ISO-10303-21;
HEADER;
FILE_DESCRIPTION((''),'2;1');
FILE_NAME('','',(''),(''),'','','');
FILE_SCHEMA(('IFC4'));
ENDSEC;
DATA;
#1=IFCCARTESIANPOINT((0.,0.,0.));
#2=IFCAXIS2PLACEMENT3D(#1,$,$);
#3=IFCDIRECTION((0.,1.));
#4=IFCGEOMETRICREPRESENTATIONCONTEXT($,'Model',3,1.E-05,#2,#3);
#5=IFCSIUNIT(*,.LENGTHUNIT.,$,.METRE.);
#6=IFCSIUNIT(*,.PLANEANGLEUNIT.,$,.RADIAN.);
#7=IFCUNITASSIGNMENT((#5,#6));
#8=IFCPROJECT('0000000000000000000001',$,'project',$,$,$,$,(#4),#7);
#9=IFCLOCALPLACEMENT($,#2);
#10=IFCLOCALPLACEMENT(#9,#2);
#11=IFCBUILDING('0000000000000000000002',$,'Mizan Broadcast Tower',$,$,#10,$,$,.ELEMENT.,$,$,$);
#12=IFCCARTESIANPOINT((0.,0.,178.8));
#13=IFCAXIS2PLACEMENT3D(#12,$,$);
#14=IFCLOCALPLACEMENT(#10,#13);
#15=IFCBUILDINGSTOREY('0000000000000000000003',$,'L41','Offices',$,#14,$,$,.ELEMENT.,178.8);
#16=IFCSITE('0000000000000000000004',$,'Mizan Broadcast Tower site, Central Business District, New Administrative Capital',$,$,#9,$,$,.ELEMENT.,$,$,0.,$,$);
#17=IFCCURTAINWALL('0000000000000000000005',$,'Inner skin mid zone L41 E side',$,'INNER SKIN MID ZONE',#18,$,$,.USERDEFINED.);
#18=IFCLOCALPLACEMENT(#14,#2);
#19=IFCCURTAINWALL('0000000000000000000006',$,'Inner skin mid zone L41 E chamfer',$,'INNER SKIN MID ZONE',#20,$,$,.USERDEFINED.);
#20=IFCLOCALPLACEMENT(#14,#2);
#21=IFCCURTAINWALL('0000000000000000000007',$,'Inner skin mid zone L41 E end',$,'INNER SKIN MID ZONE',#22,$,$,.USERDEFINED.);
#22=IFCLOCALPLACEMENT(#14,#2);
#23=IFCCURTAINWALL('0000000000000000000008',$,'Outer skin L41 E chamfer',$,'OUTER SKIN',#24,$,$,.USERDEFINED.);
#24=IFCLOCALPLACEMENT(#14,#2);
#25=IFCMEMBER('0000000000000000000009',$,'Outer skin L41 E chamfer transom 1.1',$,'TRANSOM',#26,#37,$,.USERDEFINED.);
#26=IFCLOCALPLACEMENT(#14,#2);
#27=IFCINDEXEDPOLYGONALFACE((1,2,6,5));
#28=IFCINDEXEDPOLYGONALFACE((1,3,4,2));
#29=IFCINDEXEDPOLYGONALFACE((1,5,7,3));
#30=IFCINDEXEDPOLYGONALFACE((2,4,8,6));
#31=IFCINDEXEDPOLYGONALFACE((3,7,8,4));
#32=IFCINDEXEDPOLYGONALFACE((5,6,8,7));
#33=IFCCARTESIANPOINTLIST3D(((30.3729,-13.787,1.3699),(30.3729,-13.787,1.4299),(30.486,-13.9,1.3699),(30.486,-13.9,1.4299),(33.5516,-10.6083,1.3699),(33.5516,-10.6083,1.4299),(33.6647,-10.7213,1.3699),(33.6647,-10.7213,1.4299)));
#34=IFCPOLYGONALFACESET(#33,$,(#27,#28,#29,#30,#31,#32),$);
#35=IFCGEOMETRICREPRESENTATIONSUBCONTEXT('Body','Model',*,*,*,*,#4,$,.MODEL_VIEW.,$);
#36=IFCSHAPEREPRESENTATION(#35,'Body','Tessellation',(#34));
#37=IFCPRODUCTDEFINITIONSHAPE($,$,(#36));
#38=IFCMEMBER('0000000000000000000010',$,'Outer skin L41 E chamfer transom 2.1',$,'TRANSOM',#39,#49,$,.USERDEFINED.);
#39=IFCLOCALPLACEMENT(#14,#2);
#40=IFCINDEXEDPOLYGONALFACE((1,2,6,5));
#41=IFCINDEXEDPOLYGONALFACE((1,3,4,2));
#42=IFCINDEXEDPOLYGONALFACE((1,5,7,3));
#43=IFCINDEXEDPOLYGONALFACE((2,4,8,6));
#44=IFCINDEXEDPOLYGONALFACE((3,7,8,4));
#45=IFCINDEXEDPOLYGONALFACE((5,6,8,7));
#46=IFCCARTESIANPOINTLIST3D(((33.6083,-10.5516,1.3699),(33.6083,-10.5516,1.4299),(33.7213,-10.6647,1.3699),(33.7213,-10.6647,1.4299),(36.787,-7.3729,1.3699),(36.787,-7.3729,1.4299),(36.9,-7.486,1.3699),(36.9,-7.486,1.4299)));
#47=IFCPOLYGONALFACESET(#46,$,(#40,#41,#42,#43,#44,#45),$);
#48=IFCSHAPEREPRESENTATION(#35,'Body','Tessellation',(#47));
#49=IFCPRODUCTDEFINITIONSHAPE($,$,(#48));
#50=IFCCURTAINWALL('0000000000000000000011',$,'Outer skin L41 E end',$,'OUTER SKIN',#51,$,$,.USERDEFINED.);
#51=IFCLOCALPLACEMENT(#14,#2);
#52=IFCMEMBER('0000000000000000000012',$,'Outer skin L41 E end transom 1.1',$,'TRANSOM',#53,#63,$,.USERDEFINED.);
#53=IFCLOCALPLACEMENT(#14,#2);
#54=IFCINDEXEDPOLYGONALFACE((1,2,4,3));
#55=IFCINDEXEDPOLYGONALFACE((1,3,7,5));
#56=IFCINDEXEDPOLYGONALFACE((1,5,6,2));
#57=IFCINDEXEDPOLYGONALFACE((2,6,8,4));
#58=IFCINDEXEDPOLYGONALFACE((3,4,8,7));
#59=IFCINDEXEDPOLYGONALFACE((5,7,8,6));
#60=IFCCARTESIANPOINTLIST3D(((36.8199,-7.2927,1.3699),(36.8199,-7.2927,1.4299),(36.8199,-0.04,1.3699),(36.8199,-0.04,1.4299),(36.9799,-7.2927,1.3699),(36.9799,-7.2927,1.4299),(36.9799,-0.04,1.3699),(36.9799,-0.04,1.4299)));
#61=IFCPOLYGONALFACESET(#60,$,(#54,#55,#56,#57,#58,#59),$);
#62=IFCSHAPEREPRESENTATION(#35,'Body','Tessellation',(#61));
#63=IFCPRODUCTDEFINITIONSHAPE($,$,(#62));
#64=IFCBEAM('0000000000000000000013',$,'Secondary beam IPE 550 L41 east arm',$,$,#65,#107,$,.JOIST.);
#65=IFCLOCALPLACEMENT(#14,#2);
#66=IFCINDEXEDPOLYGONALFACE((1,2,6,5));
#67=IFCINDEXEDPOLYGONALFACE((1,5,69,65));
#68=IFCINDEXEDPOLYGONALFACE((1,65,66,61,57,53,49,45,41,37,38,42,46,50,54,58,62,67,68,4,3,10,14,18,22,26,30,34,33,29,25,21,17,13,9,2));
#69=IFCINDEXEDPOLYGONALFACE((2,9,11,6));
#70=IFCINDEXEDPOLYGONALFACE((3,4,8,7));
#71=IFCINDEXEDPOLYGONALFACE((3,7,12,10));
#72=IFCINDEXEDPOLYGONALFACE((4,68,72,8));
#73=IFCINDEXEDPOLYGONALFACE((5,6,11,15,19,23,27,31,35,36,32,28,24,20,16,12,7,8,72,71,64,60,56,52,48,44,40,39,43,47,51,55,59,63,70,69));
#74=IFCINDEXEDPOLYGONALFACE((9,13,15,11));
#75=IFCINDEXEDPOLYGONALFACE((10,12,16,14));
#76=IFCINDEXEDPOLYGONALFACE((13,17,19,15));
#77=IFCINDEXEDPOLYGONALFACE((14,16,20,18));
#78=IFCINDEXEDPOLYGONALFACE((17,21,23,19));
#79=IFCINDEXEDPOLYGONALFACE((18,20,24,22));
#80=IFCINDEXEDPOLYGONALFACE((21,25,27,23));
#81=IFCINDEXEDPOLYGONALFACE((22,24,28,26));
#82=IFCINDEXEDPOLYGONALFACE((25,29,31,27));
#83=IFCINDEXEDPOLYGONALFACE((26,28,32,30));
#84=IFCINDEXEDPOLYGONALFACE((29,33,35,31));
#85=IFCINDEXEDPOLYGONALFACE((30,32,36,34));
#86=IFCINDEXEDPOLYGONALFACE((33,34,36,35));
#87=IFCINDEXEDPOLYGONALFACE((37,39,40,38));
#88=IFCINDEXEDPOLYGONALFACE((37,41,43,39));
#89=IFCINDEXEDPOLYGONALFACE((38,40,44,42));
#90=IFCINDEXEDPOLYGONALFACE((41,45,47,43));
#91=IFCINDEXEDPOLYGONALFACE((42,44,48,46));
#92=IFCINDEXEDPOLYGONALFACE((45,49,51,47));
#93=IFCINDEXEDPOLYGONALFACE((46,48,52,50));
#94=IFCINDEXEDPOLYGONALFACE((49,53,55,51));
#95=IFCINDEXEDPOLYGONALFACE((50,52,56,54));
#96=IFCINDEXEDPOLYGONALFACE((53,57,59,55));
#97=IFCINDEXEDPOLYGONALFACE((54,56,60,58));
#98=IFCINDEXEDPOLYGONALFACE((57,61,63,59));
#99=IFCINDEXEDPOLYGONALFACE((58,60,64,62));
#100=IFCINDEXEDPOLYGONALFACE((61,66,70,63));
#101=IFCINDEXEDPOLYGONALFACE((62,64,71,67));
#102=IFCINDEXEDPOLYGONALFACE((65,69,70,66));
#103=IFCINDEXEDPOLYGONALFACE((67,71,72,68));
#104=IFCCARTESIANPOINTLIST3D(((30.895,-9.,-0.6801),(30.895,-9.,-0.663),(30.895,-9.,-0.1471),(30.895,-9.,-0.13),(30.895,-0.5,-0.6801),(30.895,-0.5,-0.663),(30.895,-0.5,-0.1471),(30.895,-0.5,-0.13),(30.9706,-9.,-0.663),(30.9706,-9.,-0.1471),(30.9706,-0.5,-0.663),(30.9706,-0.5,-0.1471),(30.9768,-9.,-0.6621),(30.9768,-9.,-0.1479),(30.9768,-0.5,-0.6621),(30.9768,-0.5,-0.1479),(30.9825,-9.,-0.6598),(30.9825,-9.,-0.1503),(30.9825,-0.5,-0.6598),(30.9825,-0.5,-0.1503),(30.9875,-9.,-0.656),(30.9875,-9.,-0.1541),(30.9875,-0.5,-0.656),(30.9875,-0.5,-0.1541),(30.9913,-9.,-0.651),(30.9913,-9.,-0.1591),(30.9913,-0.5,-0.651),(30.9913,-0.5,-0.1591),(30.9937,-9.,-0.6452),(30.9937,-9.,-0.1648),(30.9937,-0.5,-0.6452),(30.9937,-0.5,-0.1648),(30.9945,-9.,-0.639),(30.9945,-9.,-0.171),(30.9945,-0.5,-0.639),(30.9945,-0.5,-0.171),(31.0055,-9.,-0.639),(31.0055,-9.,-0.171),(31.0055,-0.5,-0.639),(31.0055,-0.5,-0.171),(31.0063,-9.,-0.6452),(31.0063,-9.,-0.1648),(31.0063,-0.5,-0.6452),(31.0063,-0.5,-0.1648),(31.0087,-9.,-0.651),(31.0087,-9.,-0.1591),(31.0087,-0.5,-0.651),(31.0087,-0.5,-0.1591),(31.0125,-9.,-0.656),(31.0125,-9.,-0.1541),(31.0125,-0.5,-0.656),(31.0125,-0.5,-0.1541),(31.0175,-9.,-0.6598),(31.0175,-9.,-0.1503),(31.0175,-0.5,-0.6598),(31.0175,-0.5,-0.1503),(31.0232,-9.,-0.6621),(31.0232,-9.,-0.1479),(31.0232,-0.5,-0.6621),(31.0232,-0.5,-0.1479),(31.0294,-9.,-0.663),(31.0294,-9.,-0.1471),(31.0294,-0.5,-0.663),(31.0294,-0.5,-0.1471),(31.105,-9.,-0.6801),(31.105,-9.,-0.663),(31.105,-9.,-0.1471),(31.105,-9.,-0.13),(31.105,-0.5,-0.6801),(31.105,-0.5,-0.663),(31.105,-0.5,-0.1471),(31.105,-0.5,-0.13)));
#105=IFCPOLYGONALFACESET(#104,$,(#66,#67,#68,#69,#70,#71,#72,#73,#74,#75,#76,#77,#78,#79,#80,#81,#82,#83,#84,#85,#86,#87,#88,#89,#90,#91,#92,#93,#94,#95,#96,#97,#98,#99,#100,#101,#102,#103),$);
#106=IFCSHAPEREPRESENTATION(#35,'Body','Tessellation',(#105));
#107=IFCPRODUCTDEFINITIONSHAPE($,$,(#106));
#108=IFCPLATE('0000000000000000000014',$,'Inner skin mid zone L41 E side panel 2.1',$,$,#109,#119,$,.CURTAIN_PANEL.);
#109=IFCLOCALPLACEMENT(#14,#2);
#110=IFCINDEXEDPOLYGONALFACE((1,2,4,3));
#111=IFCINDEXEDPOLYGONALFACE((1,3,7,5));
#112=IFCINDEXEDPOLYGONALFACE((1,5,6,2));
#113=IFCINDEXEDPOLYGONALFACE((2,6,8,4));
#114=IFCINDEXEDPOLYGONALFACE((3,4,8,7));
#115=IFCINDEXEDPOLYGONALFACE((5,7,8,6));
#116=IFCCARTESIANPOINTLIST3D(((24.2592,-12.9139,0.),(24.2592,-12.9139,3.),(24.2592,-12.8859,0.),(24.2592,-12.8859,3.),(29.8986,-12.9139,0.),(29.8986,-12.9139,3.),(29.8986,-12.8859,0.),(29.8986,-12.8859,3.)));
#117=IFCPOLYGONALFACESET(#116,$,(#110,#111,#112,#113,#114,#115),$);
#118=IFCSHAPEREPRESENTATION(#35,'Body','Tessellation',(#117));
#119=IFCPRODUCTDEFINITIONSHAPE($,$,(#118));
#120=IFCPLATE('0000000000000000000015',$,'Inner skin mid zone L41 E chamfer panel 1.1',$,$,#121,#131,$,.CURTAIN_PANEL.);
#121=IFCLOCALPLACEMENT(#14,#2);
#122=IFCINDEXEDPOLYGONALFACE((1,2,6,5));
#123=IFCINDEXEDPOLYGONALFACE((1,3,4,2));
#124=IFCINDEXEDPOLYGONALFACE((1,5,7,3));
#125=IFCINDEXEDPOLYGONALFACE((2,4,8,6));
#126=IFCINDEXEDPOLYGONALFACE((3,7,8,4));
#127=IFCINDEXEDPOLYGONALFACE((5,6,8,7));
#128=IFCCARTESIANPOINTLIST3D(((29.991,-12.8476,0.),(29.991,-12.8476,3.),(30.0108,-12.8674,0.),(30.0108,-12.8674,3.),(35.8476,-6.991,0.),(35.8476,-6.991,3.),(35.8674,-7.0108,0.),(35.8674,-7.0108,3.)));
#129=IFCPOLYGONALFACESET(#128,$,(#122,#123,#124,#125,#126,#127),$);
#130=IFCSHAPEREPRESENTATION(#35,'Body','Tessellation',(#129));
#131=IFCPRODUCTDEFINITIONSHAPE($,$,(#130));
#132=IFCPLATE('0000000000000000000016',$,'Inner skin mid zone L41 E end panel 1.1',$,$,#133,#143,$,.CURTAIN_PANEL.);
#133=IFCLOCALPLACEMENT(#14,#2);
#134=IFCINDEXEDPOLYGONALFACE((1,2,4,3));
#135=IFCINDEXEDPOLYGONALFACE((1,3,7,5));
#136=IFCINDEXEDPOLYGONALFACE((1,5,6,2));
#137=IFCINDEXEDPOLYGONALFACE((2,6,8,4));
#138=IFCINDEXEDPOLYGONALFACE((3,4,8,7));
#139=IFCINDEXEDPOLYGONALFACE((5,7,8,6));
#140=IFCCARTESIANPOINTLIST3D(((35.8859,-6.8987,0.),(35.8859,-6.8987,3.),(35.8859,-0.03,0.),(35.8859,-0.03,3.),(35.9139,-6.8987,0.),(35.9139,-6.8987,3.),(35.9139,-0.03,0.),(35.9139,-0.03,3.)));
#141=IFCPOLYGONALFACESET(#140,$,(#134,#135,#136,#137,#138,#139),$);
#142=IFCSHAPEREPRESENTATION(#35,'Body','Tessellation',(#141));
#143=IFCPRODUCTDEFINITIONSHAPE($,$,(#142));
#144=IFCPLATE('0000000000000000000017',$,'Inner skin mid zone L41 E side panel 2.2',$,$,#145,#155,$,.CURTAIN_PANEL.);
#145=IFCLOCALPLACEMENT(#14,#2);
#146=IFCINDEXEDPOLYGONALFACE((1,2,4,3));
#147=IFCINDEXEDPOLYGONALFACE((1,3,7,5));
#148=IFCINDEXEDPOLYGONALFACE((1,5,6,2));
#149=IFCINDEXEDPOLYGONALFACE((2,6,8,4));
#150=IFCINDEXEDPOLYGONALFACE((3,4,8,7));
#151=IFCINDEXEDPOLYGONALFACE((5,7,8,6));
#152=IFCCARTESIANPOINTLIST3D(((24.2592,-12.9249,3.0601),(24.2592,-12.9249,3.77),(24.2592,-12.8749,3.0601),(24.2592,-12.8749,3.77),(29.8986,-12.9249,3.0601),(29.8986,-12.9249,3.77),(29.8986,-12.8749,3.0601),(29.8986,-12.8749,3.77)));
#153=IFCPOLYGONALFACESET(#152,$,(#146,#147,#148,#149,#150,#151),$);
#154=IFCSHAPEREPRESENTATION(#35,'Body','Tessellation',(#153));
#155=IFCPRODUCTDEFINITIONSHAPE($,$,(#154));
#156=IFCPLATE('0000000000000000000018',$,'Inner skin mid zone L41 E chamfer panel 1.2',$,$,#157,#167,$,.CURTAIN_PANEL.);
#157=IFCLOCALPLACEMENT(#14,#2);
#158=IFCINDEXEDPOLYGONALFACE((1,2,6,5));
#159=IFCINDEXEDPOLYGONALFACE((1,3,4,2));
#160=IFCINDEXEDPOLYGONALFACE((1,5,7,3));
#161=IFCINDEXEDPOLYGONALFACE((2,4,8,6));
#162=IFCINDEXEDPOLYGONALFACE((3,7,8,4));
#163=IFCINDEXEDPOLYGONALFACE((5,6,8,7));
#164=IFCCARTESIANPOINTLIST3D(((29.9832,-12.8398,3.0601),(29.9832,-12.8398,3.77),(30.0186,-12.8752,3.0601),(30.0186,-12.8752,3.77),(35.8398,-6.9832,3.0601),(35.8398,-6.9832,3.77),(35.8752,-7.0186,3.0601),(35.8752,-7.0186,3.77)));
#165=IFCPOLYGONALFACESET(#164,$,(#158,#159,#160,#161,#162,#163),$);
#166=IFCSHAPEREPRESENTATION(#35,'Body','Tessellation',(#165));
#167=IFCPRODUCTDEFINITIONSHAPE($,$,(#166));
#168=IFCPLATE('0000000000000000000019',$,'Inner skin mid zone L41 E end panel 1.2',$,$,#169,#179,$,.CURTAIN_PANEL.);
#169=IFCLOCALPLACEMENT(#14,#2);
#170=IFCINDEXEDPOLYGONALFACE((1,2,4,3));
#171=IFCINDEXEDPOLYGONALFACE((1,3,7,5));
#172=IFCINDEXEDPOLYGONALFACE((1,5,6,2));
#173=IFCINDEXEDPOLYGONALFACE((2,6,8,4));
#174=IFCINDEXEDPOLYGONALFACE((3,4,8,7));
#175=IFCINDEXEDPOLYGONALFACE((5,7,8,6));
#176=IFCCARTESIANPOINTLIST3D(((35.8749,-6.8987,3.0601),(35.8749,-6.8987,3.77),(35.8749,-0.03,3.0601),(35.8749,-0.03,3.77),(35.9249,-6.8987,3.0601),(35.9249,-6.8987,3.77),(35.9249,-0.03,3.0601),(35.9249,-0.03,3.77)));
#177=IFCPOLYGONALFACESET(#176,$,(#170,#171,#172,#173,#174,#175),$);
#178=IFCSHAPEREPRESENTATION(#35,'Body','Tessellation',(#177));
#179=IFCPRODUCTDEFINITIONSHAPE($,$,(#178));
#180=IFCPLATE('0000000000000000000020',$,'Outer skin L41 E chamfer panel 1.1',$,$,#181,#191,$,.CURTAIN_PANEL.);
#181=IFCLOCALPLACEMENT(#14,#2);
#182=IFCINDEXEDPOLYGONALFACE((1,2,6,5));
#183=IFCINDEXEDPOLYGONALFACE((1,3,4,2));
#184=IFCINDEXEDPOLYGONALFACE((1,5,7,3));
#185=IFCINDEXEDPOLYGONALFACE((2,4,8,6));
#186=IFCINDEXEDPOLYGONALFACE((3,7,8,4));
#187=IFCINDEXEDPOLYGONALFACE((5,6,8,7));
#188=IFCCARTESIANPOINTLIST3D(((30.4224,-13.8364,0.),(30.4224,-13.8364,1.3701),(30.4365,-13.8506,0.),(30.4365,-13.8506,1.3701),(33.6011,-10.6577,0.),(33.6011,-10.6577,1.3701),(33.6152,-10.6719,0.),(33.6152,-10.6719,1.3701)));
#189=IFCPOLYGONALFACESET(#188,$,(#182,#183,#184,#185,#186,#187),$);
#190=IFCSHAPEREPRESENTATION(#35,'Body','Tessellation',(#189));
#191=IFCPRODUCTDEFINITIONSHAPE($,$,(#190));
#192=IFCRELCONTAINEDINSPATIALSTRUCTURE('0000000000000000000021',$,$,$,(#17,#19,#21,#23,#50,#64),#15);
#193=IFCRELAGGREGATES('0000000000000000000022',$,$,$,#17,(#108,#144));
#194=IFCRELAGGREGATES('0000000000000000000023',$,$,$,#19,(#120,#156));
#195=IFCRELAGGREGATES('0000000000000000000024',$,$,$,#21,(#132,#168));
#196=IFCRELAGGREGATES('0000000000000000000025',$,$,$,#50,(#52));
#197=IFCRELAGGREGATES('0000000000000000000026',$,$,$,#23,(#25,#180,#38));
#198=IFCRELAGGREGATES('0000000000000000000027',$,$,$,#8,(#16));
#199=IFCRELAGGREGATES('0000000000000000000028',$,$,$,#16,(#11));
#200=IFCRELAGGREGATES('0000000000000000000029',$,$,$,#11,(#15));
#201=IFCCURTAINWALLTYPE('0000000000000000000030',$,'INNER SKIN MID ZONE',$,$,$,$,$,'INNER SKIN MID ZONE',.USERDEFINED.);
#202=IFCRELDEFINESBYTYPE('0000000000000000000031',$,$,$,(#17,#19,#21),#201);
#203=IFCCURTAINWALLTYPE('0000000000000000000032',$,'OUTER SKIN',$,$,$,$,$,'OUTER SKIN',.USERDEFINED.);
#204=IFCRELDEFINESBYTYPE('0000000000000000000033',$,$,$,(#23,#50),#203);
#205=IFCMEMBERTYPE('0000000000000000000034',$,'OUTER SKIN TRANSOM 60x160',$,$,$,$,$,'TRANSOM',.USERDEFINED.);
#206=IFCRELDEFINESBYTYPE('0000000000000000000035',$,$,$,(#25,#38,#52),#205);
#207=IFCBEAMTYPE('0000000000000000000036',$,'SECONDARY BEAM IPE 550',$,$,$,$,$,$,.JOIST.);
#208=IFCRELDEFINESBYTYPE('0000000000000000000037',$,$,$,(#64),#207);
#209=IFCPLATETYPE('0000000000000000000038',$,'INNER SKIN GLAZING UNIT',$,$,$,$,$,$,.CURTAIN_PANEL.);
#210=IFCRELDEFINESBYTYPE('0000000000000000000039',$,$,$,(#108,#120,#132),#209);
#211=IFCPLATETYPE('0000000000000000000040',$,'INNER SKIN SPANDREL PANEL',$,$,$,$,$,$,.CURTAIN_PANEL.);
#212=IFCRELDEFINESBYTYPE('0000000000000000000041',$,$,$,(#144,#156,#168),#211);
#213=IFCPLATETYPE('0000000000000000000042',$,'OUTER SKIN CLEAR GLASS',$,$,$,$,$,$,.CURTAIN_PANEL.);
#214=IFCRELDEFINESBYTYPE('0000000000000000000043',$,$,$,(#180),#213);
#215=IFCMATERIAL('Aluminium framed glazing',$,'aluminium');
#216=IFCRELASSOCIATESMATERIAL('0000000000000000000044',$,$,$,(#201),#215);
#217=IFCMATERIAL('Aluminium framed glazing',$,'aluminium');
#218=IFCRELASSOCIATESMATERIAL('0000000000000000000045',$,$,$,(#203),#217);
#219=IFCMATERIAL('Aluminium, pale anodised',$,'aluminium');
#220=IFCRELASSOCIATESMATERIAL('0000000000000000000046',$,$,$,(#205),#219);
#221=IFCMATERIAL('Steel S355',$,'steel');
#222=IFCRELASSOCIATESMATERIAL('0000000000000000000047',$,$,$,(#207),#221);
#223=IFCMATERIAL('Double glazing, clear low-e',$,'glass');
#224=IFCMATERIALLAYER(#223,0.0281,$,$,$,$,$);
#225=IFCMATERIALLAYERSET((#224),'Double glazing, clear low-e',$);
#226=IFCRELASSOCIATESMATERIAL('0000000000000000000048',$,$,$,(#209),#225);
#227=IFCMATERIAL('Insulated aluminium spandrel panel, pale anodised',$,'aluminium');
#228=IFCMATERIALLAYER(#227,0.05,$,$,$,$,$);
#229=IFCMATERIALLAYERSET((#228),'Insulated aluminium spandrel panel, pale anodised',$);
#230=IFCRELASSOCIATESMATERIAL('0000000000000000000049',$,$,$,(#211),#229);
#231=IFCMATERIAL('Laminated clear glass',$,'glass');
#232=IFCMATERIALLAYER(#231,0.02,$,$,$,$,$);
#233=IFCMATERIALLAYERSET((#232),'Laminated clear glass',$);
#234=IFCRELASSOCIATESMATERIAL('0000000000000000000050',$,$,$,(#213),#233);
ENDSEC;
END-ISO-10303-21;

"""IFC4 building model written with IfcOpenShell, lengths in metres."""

from ifc_helpers import new_model, si_unit, direction, frame, origin, origin_2d, place, context, subcontext, project, spatial, rectangle, i_section, extrude, material, layer, layer_set, material_profile, profile_set, type_object, element, aggregate, save


model = new_model("IFC4")

# Units and contexts
model_context = context("Model", 3, precision=1e-05, world=origin(), true_north=direction((0.0, 1.0)))
body_context = subcontext(model_context, "Body", "Model", "MODEL_VIEW")
ifc_project = project(units=[si_unit("LENGTHUNIT", "METRE"), si_unit("PLANEANGLEUNIT", "RADIAN")], contexts=[model_context])

# Site, building, storey
site_placement = place(None, origin())
site = spatial("IfcSite", under=ifc_project, at=site_placement, Name="Mizan Broadcast Tower site, Central Business District, New Administrative Capital", CompositionType="ELEMENT", RefElevation=0.0)
building_placement = place(site_placement, origin())
building = spatial("IfcBuilding", under=site, at=building_placement, Name="Mizan Broadcast Tower", CompositionType="ELEMENT")
storey_placement = place(building_placement, frame((0.0, 0.0, 178.8)))
storey = spatial("IfcBuildingStorey", under=building, at=storey_placement, Name="L41", Description="Offices", CompositionType="ELEMENT", Elevation=178.8)

# Curtain wall
ifc_material_1 = material(Name="Aluminium framed glazing", Category="aluminium")
curtain_wall_type_1 = type_object("IfcCurtainWallType", Name="INNER SKIN MID ZONE", ElementType="INNER SKIN MID ZONE", PredefinedType="USERDEFINED", material=ifc_material_1)
curtain_wall_1_placement = place(storey_placement, origin())
curtain_wall_1 = element("IfcCurtainWall", 1, at=curtain_wall_1_placement, inside=storey, type_object=curtain_wall_type_1, Name="Inner skin mid zone L41 E side", ObjectType="INNER SKIN MID ZONE", PredefinedType="USERDEFINED")

# Curtain wall
curtain_wall_2_placement = place(storey_placement, origin())
curtain_wall_2 = element("IfcCurtainWall", 2, at=curtain_wall_2_placement, inside=storey, type_object=curtain_wall_type_1, Name="Inner skin mid zone L41 E chamfer", ObjectType="INNER SKIN MID ZONE", PredefinedType="USERDEFINED")

# Curtain wall
curtain_wall_3_placement = place(storey_placement, origin())
curtain_wall_3 = element("IfcCurtainWall", 3, at=curtain_wall_3_placement, inside=storey, type_object=curtain_wall_type_1, Name="Inner skin mid zone L41 E end", ObjectType="INNER SKIN MID ZONE", PredefinedType="USERDEFINED")

# Curtain wall
ifc_material_2 = material(Name="Aluminium framed glazing", Category="aluminium")
curtain_wall_type_2 = type_object("IfcCurtainWallType", Name="OUTER SKIN", ElementType="OUTER SKIN", PredefinedType="USERDEFINED", material=ifc_material_2)
curtain_wall_4_placement = place(storey_placement, origin())
curtain_wall_4 = element("IfcCurtainWall", 4, at=curtain_wall_4_placement, inside=storey, type_object=curtain_wall_type_2, Name="Outer skin L41 E chamfer", ObjectType="OUTER SKIN", PredefinedType="USERDEFINED")

# Members
ifc_material_3 = material(Name="Aluminium, pale anodised", Category="aluminium")
ifc_material_profile_1 = material_profile(ifc_material_3, rectangle(XDim=0.1599, YDim=0.0601, at=origin_2d()), Name="TRANSOM 160x60")
ifc_profile_set_1 = profile_set([ifc_material_profile_1], Name="Aluminium, pale anodised")
member_type_1 = type_object("IfcMemberType", Name="OUTER SKIN TRANSOM 60x160", ElementType="TRANSOM", PredefinedType="USERDEFINED", material=ifc_profile_set_1)
member_1_placement = place(storey_placement, frame((30.4294, -13.8435, 1.3999), z_axis=(0.707107, 0.707107, 0.0), x_axis=(-0.707107, 0.707107, 0.0)))
member_1 = element("IfcMember", 5, at=member_1_placement, type_object=member_type_1, Name="Outer skin L41 E chamfer transom 1.1", ObjectType="TRANSOM", PredefinedType="USERDEFINED", context=body_context, shape_type="SweptSolid", body=[
    extrude(rectangle(XDim=0.1599, YDim=0.0601, at=origin_2d()), origin(), (0.0, 0.0, 1.0), 4.4954),
])
member_2_placement = place(storey_placement, frame((33.6648, -10.6082, 1.3999), z_axis=(0.707107, 0.707107, 0.0), x_axis=(-0.707107, 0.707107, 0.0)))
member_2 = element("IfcMember", 6, at=member_2_placement, type_object=member_type_1, Name="Outer skin L41 E chamfer transom 2.1", ObjectType="TRANSOM", PredefinedType="USERDEFINED", context=body_context, shape_type="SweptSolid", body=[
    extrude(rectangle(XDim=0.1599, YDim=0.0601, at=origin_2d()), origin(), (0.0, 0.0, 1.0), 4.4954),
])

# Curtain wall, member
curtain_wall_5_placement = place(storey_placement, origin())
curtain_wall_5 = element("IfcCurtainWall", 7, at=curtain_wall_5_placement, inside=storey, type_object=curtain_wall_type_2, Name="Outer skin L41 E end", ObjectType="OUTER SKIN", PredefinedType="USERDEFINED")
member_3_placement = place(storey_placement, frame((36.8999, -7.2927, 1.3999), z_axis=(0.0, 1.0, 0.0), x_axis=(-1.0, 0.0, 0.0)))
member_3 = element("IfcMember", 8, at=member_3_placement, type_object=member_type_1, Name="Outer skin L41 E end transom 1.1", ObjectType="TRANSOM", PredefinedType="USERDEFINED", context=body_context, shape_type="SweptSolid", body=[
    extrude(rectangle(XDim=0.1599, YDim=0.0601, at=origin_2d()), origin(), (0.0, 0.0, 1.0), 7.2527),
])

# Beam
ifc_material_4 = material(Name="Steel S355", Category="steel")
ifc_material_profile_2 = material_profile(ifc_material_4, i_section(OverallWidth=0.21, OverallDepth=0.55, WebThickness=0.011, FlangeThickness=0.0171, FilletRadius=0.0239, at=origin_2d()), Name="IPE 550")
ifc_profile_set_2 = profile_set([ifc_material_profile_2], Name="Steel S355")
beam_type_1 = type_object("IfcBeamType", Name="SECONDARY BEAM IPE 550", PredefinedType="JOIST", material=ifc_profile_set_2)
beam_1_placement = place(storey_placement, frame((31.0, -9.0, -0.405), z_axis=(0.0, 1.0, 0.0), x_axis=(-1.0, 0.0, 0.0)))
element("IfcBeam", 9, at=beam_1_placement, inside=storey, type_object=beam_type_1, Name="Secondary beam IPE 550 L41 east arm", PredefinedType="JOIST", context=body_context, shape_type="SweptSolid", body=[
    extrude(i_section(OverallWidth=0.21, OverallDepth=0.55, WebThickness=0.011, FlangeThickness=0.0171, FilletRadius=0.0239, at=origin_2d()), origin(), (0.0, 0.0, 1.0), 8.5),
])

# Plates
ifc_material_5 = material(Name="Double glazing, clear low-e", Category="glass")
ifc_layer_1 = layer(ifc_material_5, 0.0281)
ifc_layer_set_1 = layer_set([ifc_layer_1], Name="Double glazing, clear low-e")
plate_type_1 = type_object("IfcPlateType", Name="INNER SKIN GLAZING UNIT", PredefinedType="CURTAIN_PANEL", material=ifc_layer_set_1)
plate_1_placement = place(storey_placement, frame((27.0789, -12.8999, 0.0), z_axis=(0.0, 0.0, 1.0), x_axis=(1.0, 0.0, 0.0)))
plate_1 = element("IfcPlate", 10, at=plate_1_placement, type_object=plate_type_1, Name="Inner skin mid zone L41 E side panel 2.1", PredefinedType="CURTAIN_PANEL", context=body_context, shape_type="SweptSolid", body=[
    extrude(rectangle(XDim=5.6394, YDim=0.0281, at=origin_2d()), origin(), (0.0, 0.0, 1.0), 3.0),
])
plate_2_placement = place(storey_placement, frame((32.9292, -9.9292, 0.0), z_axis=(0.0, 0.0, 1.0), x_axis=(0.707107, 0.707107, 0.0)))
plate_2 = element("IfcPlate", 11, at=plate_2_placement, type_object=plate_type_1, Name="Inner skin mid zone L41 E chamfer panel 1.1", PredefinedType="CURTAIN_PANEL", context=body_context, shape_type="SweptSolid", body=[
    extrude(rectangle(XDim=8.2825, YDim=0.0281, at=origin_2d()), origin(), (0.0, 0.0, 1.0), 3.0),
])
plate_3_placement = place(storey_placement, frame((35.8999, -3.4644, 0.0), z_axis=(0.0, 0.0, 1.0), x_axis=(0.0, 1.0, 0.0)))
plate_3 = element("IfcPlate", 12, at=plate_3_placement, type_object=plate_type_1, Name="Inner skin mid zone L41 E end panel 1.1", PredefinedType="CURTAIN_PANEL", context=body_context, shape_type="SweptSolid", body=[
    extrude(rectangle(XDim=6.8687, YDim=0.0281, at=origin_2d()), origin(), (0.0, 0.0, 1.0), 3.0),
])
ifc_material_6 = material(Name="Insulated aluminium spandrel panel, pale anodised", Category="aluminium")
ifc_layer_2 = layer(ifc_material_6, 0.05)
ifc_layer_set_2 = layer_set([ifc_layer_2], Name="Insulated aluminium spandrel panel, pale anodised")
plate_type_2 = type_object("IfcPlateType", Name="INNER SKIN SPANDREL PANEL", PredefinedType="CURTAIN_PANEL", material=ifc_layer_set_2)
plate_4_placement = place(storey_placement, frame((27.0789, -12.8999, 3.0601), z_axis=(0.0, 0.0, 1.0), x_axis=(1.0, 0.0, 0.0)))
plate_4 = element("IfcPlate", 13, at=plate_4_placement, type_object=plate_type_2, Name="Inner skin mid zone L41 E side panel 2.2", PredefinedType="CURTAIN_PANEL", context=body_context, shape_type="SweptSolid", body=[
    extrude(rectangle(XDim=5.6394, YDim=0.05, at=origin_2d()), origin(), (0.0, 0.0, 1.0), 0.71),
])
aggregate(curtain_wall_1, [plate_1, plate_4])
plate_5_placement = place(storey_placement, frame((32.9292, -9.9292, 3.0601), z_axis=(0.0, 0.0, 1.0), x_axis=(0.707107, 0.707107, 0.0)))
plate_5 = element("IfcPlate", 14, at=plate_5_placement, type_object=plate_type_2, Name="Inner skin mid zone L41 E chamfer panel 1.2", PredefinedType="CURTAIN_PANEL", context=body_context, shape_type="SweptSolid", body=[
    extrude(rectangle(XDim=8.2825, YDim=0.05, at=origin_2d()), origin(), (0.0, 0.0, 1.0), 0.71),
])
aggregate(curtain_wall_2, [plate_2, plate_5])
plate_6_placement = place(storey_placement, frame((35.8999, -3.4644, 3.0601), z_axis=(0.0, 0.0, 1.0), x_axis=(0.0, 1.0, 0.0)))
plate_6 = element("IfcPlate", 15, at=plate_6_placement, type_object=plate_type_2, Name="Inner skin mid zone L41 E end panel 1.2", PredefinedType="CURTAIN_PANEL", context=body_context, shape_type="SweptSolid", body=[
    extrude(rectangle(XDim=6.8687, YDim=0.05, at=origin_2d()), origin(), (0.0, 0.0, 1.0), 0.71),
])
aggregate(curtain_wall_3, [plate_3, plate_6])
ifc_material_7 = material(Name="Laminated clear glass", Category="glass")
ifc_layer_3 = layer(ifc_material_7, 0.02)
ifc_layer_set_3 = layer_set([ifc_layer_3], Name="Laminated clear glass")
plate_type_3 = type_object("IfcPlateType", Name="OUTER SKIN CLEAR GLASS", PredefinedType="CURTAIN_PANEL", material=ifc_layer_set_3)
plate_7_placement = place(storey_placement, frame((32.0188, -12.2542, 0.0), z_axis=(0.0, 0.0, 1.0), x_axis=(0.707107, 0.707107, 0.0)))
plate_7 = element("IfcPlate", 16, at=plate_7_placement, type_object=plate_type_3, Name="Outer skin L41 E chamfer panel 1.1", PredefinedType="CURTAIN_PANEL", context=body_context, shape_type="SweptSolid", body=[
    extrude(rectangle(XDim=4.4954, YDim=0.02, at=origin_2d()), origin(), (0.0, 0.0, 1.0), 1.3701),
])
aggregate(curtain_wall_5, [member_3])
aggregate(curtain_wall_4, [member_1, plate_7, member_2])

save(model, "model.ifc")
